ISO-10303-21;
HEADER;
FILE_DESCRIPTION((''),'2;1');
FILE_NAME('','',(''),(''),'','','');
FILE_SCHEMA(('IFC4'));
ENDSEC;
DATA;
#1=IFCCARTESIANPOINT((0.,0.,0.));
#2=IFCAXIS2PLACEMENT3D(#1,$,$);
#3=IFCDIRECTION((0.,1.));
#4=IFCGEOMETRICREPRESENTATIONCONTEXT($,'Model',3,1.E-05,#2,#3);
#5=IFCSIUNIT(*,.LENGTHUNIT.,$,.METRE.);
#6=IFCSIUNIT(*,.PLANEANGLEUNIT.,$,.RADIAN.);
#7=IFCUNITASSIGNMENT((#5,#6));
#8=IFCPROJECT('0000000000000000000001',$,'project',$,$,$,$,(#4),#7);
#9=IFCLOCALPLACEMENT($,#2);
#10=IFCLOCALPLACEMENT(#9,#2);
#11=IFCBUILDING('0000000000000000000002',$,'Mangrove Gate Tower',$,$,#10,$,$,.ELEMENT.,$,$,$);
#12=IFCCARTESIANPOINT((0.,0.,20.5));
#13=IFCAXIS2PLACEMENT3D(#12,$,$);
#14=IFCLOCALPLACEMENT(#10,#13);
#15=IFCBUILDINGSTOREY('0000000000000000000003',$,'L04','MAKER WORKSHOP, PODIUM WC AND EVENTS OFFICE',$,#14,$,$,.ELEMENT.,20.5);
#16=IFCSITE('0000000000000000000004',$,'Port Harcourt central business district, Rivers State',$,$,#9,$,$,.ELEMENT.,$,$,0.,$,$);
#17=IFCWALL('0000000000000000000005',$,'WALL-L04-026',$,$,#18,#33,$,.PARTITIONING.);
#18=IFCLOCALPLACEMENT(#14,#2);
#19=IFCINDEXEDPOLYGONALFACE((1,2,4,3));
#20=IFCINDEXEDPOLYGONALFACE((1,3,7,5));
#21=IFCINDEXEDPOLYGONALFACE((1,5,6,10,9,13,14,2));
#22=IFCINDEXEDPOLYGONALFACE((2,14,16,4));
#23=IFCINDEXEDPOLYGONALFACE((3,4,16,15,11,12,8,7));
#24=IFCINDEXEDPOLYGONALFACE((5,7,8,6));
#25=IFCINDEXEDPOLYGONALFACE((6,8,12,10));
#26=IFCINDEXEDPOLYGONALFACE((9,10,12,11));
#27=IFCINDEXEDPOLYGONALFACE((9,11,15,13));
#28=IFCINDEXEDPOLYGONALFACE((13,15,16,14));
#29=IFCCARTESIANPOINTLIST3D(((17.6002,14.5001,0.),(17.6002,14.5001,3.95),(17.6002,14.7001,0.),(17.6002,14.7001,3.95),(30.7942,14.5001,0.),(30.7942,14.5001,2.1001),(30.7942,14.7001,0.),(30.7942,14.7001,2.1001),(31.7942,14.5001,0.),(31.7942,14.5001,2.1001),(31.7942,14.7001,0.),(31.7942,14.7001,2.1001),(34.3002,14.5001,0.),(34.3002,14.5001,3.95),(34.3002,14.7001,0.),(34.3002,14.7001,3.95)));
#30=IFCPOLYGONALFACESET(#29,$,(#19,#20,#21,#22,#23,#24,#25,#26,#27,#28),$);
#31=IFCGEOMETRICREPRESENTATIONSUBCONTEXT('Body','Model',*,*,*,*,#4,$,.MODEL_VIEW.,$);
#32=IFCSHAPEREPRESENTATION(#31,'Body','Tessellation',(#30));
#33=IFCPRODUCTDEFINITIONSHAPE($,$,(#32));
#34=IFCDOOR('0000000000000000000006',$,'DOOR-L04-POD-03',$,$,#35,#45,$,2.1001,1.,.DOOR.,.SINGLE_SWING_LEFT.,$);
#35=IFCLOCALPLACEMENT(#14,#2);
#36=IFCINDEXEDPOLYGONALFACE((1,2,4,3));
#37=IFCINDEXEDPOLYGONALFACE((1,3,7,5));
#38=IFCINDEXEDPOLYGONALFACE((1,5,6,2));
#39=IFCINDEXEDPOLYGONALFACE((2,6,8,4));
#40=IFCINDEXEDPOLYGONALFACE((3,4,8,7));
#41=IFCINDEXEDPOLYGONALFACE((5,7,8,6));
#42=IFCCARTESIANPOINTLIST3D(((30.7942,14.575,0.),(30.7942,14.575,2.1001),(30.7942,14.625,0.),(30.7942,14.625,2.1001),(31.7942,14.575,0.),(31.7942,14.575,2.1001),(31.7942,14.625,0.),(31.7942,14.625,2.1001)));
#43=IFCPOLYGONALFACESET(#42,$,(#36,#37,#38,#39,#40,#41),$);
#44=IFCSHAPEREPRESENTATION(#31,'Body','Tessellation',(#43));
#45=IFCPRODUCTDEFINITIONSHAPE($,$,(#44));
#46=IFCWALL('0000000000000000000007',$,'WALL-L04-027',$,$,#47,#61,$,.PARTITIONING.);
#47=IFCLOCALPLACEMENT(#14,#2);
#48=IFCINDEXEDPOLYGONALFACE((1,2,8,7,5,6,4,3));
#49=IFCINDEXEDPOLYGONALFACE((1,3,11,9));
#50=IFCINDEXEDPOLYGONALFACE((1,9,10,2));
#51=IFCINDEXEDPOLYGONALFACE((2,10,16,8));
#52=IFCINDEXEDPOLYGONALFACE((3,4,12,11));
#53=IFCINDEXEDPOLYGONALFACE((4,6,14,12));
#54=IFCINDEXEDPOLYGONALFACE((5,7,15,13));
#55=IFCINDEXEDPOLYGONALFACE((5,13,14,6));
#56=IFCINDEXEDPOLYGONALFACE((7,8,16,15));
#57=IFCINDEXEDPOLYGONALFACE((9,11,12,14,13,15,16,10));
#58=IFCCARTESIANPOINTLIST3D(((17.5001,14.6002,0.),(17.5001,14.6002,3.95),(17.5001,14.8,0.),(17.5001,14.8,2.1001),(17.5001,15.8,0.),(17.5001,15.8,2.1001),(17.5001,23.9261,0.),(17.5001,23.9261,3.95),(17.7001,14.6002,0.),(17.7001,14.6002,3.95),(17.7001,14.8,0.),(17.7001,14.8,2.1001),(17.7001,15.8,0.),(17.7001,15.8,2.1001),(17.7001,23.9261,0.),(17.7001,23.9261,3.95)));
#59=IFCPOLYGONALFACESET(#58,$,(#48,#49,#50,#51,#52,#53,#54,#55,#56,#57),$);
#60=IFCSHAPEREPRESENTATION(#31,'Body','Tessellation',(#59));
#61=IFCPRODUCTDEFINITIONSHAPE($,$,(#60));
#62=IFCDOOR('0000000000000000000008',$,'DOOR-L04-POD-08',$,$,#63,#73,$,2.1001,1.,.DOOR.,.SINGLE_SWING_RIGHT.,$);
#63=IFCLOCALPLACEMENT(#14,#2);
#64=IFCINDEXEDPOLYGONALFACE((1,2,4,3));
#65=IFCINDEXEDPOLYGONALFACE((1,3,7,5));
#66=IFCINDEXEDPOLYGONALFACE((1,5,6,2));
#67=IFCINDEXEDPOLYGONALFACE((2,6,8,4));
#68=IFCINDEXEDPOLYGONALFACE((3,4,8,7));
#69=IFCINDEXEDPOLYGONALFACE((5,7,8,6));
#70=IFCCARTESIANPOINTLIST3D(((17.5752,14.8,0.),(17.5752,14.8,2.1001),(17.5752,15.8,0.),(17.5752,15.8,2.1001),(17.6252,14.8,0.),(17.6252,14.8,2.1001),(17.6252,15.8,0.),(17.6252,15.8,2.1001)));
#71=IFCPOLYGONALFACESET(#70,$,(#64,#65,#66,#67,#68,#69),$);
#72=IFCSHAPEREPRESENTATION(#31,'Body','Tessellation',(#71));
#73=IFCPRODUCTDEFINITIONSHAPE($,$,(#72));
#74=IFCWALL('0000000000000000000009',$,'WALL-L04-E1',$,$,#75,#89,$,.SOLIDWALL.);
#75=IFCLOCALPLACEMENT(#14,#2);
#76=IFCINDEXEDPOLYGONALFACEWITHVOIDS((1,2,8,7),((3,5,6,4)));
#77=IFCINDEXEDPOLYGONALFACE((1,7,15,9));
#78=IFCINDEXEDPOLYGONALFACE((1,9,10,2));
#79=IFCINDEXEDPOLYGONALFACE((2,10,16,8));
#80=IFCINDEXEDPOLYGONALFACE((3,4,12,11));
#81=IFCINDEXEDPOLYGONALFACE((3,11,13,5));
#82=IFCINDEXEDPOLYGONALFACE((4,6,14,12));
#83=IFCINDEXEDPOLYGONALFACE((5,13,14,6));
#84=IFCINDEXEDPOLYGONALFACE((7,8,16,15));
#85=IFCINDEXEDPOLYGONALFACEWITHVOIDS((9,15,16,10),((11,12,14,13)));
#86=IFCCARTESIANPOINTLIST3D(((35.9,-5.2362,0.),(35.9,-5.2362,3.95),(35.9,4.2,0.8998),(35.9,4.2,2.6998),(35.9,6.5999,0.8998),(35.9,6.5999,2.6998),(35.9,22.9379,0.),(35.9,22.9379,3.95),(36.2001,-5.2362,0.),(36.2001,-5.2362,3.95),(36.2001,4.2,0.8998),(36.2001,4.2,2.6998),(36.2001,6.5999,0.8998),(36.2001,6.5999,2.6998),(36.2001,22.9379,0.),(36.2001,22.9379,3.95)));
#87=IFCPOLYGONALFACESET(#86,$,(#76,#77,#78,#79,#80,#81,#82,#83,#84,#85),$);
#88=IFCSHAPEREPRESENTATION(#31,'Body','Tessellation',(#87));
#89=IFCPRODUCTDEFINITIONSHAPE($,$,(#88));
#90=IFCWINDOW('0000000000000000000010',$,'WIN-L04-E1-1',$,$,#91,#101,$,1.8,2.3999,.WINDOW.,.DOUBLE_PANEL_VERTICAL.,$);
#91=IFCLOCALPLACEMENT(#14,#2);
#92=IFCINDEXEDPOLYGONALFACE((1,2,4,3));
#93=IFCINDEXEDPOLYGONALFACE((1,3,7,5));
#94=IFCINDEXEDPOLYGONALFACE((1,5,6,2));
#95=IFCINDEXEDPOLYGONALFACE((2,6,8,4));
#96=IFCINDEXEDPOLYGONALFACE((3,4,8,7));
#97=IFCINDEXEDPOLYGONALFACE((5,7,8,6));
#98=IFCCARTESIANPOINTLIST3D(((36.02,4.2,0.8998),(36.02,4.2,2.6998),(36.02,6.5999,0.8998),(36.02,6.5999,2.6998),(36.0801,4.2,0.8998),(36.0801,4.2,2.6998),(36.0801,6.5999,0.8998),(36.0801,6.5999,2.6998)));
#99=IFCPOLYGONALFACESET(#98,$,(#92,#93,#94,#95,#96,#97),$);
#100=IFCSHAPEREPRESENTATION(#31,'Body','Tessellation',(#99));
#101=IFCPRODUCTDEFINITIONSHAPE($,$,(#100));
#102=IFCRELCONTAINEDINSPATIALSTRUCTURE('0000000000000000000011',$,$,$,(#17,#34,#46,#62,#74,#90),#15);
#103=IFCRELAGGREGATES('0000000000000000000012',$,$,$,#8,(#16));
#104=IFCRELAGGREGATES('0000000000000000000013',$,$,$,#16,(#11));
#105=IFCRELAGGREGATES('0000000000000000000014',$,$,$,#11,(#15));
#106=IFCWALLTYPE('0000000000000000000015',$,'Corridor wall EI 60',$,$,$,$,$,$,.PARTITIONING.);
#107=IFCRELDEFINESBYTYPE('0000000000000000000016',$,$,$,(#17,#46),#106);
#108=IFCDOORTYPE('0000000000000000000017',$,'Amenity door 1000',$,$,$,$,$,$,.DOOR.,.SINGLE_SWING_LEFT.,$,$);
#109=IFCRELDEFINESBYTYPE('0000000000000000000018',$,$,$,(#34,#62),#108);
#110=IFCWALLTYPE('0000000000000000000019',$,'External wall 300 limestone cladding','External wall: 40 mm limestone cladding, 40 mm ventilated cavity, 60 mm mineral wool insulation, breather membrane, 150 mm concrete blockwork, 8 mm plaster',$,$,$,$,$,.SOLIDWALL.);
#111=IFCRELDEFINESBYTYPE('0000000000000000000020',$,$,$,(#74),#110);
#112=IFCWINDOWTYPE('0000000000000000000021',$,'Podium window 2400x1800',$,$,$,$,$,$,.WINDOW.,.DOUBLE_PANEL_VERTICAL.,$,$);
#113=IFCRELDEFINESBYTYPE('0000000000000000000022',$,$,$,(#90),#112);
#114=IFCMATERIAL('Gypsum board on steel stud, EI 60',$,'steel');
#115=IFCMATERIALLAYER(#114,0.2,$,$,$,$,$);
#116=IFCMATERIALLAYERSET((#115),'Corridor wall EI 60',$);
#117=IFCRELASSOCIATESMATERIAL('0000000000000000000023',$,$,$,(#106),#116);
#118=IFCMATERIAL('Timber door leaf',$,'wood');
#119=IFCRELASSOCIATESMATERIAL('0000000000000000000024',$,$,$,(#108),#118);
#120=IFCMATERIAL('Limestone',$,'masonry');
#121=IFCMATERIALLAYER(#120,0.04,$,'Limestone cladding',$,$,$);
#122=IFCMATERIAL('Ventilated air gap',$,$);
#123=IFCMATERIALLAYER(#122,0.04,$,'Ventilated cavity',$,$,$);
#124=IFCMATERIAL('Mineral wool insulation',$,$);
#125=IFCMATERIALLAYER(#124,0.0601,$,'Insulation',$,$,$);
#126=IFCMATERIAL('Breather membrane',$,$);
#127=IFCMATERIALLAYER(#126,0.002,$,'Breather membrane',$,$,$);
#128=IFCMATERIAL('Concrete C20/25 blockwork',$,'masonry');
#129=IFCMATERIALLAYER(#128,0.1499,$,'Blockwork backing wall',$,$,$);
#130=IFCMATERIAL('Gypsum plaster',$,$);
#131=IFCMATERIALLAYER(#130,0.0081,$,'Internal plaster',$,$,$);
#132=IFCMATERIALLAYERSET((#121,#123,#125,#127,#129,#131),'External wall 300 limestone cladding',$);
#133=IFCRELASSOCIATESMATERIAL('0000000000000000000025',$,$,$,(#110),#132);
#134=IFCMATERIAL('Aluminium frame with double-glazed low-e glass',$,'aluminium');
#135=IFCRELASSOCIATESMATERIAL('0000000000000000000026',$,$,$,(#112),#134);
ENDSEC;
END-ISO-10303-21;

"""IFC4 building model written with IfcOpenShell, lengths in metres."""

from ifc_helpers import new_model, si_unit, direction, frame, frame_2d, origin, place, context, subcontext, project, spatial, rectangle, extrude, material, layer, layer_set, type_object, element, fill, save


model = new_model("IFC4")

# Units and contexts
model_context = context("Model", 3, precision=1e-05, world=origin(), true_north=direction((0.0, 1.0)))
body_context = subcontext(model_context, "Body", "Model", "MODEL_VIEW")
ifc_project = project(units=[si_unit("LENGTHUNIT", "METRE"), si_unit("PLANEANGLEUNIT", "RADIAN")], contexts=[model_context])

# Site, building, storey
site_placement = place(None, origin())
site = spatial("IfcSite", under=ifc_project, at=site_placement, Name="Port Harcourt central business district, Rivers State", CompositionType="ELEMENT", RefElevation=0.0)
building_placement = place(site_placement, origin())
building = spatial("IfcBuilding", under=site, at=building_placement, Name="Mangrove Gate Tower", CompositionType="ELEMENT")
storey_placement = place(building_placement, frame((0.0, 0.0, 20.5)))
storey = spatial("IfcBuildingStorey", under=building, at=storey_placement, Name="L04", Description="MAKER WORKSHOP, PODIUM WC AND EVENTS OFFICE", CompositionType="ELEMENT", Elevation=20.5)

# Shared definitions
ifc_material_1 = material(Name="Gypsum board on steel stud, EI 60", Category="steel")
ifc_layer_1 = layer(ifc_material_1, 0.2)
ifc_layer_set_1 = layer_set([ifc_layer_1], Name="Corridor wall EI 60")
wall_type_1 = type_object("IfcWallType", Name="Corridor wall EI 60", PredefinedType="PARTITIONING", material=ifc_layer_set_1)

# Walls, openings, doors
wall_1_placement = place(storey_placement, frame((17.6001, 14.6001, 0.0), z_axis=(0.0, 0.0, 1.0), x_axis=(1.0, 0.0, 0.0)))
wall_1 = element("IfcWall", 1, at=wall_1_placement, inside=storey, type_object=wall_type_1, Name="WALL-L04-026", PredefinedType="PARTITIONING", context=body_context, shape_type="SweptSolid", body=[
    extrude(rectangle(XDim=16.7, YDim=0.2, at=frame_2d((8.3501, 0.0))), origin(), (0.0, 0.0, 1.0), 3.95),
])
opening_1_placement = place(wall_1_placement, frame((13.1941, 0.0, 0.0)))
opening_1 = element("IfcOpeningElement", 2, at=opening_1_placement, cuts=wall_1, PredefinedType="OPENING", context=body_context, shape_type="SweptSolid", body=[
    extrude(rectangle(XDim=1.0, YDim=2.1001, at=frame_2d((0.5, 1.05))), frame((0.0, 0.1099, 0.0), z_axis=(0.0, -1.0, 0.0), x_axis=(1.0, 0.0, 0.0)), (0.0, 0.0, 1.0), 0.22),
])
ifc_material_2 = material(Name="Timber door leaf", Category="wood")
door_type = type_object("IfcDoorType", Name="Amenity door 1000", OperationType="SINGLE_SWING_LEFT", PredefinedType="DOOR", material=ifc_material_2)
door_1_placement = place(opening_1_placement, origin())
door_1 = element("IfcDoor", 3, at=door_1_placement, inside=storey, type_object=door_type, Name="DOOR-L04-POD-03", OperationType="SINGLE_SWING_LEFT", OverallHeight=2.1001, OverallWidth=1.0, PredefinedType="DOOR", context=body_context, shape_type="SweptSolid", body=[
    extrude(rectangle(XDim=1.0, YDim=2.1001, at=frame_2d((0.5, 1.05))), frame((0.0, 0.0249, 0.0), z_axis=(0.0, -1.0, 0.0), x_axis=(1.0, 0.0, 0.0)), (0.0, 0.0, 1.0), 0.05),
])
fill(opening_1, door_1)
wall_2_placement = place(storey_placement, frame((17.6001, 14.6001, 0.0), z_axis=(0.0, 0.0, 1.0), x_axis=(0.0, 1.0, 0.0)))
wall_2 = element("IfcWall", 4, at=wall_2_placement, inside=storey, type_object=wall_type_1, Name="WALL-L04-027", PredefinedType="PARTITIONING", context=body_context, shape_type="SweptSolid", body=[
    extrude(rectangle(XDim=9.3259, YDim=0.2, at=frame_2d((4.6631, 0.0))), origin(), (0.0, 0.0, 1.0), 3.95),
])
opening_2_placement = place(wall_2_placement, frame((0.2, 0.0, 0.0)))
opening_2 = element("IfcOpeningElement", 5, at=opening_2_placement, cuts=wall_2, PredefinedType="OPENING", context=body_context, shape_type="SweptSolid", body=[
    extrude(rectangle(XDim=1.0, YDim=2.1001, at=frame_2d((0.5, 1.05))), frame((0.0, 0.1099, 0.0), z_axis=(0.0, -1.0, 0.0), x_axis=(1.0, 0.0, 0.0)), (0.0, 0.0, 1.0), 0.22),
])
door_2_placement = place(opening_2_placement, origin())
door_2 = element("IfcDoor", 6, at=door_2_placement, inside=storey, type_object=door_type, Name="DOOR-L04-POD-08", OperationType="SINGLE_SWING_RIGHT", OverallHeight=2.1001, OverallWidth=1.0, PredefinedType="DOOR", context=body_context, shape_type="SweptSolid", body=[
    extrude(rectangle(XDim=1.0, YDim=2.1001, at=frame_2d((0.5, 1.05))), frame((0.0, 0.0249, 0.0), z_axis=(0.0, -1.0, 0.0), x_axis=(1.0, 0.0, 0.0)), (0.0, 0.0, 1.0), 0.05),
])
fill(opening_2, door_2)

# Wall, opening, window
ifc_material_3 = material(Name="Limestone", Category="masonry")
ifc_layer_2 = layer(ifc_material_3, 0.04, Name="Limestone cladding")
ifc_material_4 = material(Name="Ventilated air gap")
ifc_layer_3 = layer(ifc_material_4, 0.04, Name="Ventilated cavity")
ifc_material_5 = material(Name="Mineral wool insulation")
ifc_layer_4 = layer(ifc_material_5, 0.0601, Name="Insulation")
ifc_material_6 = material(Name="Breather membrane")
ifc_layer_5 = layer(ifc_material_6, 0.002, Name="Breather membrane")
ifc_material_7 = material(Name="Concrete C20/25 blockwork", Category="masonry")
ifc_layer_6 = layer(ifc_material_7, 0.1499, Name="Blockwork backing wall")
ifc_material_8 = material(Name="Gypsum plaster")
ifc_layer_7 = layer(ifc_material_8, 0.0081, Name="Internal plaster")
ifc_layer_set_2 = layer_set([ifc_layer_2, ifc_layer_3, ifc_layer_4, ifc_layer_5, ifc_layer_6, ifc_layer_7], Name="External wall 300 limestone cladding")
wall_type_2 = type_object("IfcWallType", Name="External wall 300 limestone cladding", Description="External wall: 40 mm limestone cladding, 40 mm ventilated cavity, 60 mm mineral wool insulation, breather membrane, 150 mm concrete blockwork, 8 mm plaster", PredefinedType="SOLIDWALL", material=ifc_layer_set_2)
wall_3_placement = place(storey_placement, frame((36.05, -5.2361, 0.0), z_axis=(0.0, 0.0, 1.0), x_axis=(0.0, 1.0, 0.0)))
wall_3 = element("IfcWall", 7, at=wall_3_placement, inside=storey, type_object=wall_type_2, Name="WALL-L04-E1", PredefinedType="SOLIDWALL", context=body_context, shape_type="SweptSolid", body=[
    extrude(rectangle(XDim=28.1741, YDim=0.3, at=frame_2d((14.0869, 0.0))), origin(), (0.0, 0.0, 1.0), 3.95),
])
opening_3_placement = place(wall_3_placement, frame((9.436, 0.0, 0.8999)))
opening_3 = element("IfcOpeningElement", 8, at=opening_3_placement, cuts=wall_3, PredefinedType="OPENING", context=body_context, shape_type="SweptSolid", body=[
    extrude(rectangle(XDim=2.3999, YDim=1.8, at=frame_2d((1.2, 0.8999))), frame((0.0, 0.1599, 0.0), z_axis=(0.0, -1.0, 0.0), x_axis=(1.0, 0.0, 0.0)), (0.0, 0.0, 1.0), 0.3201),
])
ifc_material_9 = material(Name="Aluminium frame with double-glazed low-e glass", Category="aluminium")
window_type = type_object("IfcWindowType", Name="Podium window 2400x1800", PartitioningType="DOUBLE_PANEL_VERTICAL", PredefinedType="WINDOW", material=ifc_material_9)
window_placement = place(opening_3_placement, origin())
window = element("IfcWindow", 9, at=window_placement, inside=storey, type_object=window_type, Name="WIN-L04-E1-1", OverallHeight=1.8, OverallWidth=2.3999, PartitioningType="DOUBLE_PANEL_VERTICAL", PredefinedType="WINDOW", context=body_context, shape_type="SweptSolid", body=[
    extrude(rectangle(XDim=2.3999, YDim=1.8, at=frame_2d((1.2, 0.8999))), frame((0.0, 0.03, 0.0), z_axis=(0.0, -1.0, 0.0), x_axis=(1.0, 0.0, 0.0)), (0.0, 0.0, 1.0), 0.0601),
])
fill(opening_3, window)

save(model, "model.ifc")
